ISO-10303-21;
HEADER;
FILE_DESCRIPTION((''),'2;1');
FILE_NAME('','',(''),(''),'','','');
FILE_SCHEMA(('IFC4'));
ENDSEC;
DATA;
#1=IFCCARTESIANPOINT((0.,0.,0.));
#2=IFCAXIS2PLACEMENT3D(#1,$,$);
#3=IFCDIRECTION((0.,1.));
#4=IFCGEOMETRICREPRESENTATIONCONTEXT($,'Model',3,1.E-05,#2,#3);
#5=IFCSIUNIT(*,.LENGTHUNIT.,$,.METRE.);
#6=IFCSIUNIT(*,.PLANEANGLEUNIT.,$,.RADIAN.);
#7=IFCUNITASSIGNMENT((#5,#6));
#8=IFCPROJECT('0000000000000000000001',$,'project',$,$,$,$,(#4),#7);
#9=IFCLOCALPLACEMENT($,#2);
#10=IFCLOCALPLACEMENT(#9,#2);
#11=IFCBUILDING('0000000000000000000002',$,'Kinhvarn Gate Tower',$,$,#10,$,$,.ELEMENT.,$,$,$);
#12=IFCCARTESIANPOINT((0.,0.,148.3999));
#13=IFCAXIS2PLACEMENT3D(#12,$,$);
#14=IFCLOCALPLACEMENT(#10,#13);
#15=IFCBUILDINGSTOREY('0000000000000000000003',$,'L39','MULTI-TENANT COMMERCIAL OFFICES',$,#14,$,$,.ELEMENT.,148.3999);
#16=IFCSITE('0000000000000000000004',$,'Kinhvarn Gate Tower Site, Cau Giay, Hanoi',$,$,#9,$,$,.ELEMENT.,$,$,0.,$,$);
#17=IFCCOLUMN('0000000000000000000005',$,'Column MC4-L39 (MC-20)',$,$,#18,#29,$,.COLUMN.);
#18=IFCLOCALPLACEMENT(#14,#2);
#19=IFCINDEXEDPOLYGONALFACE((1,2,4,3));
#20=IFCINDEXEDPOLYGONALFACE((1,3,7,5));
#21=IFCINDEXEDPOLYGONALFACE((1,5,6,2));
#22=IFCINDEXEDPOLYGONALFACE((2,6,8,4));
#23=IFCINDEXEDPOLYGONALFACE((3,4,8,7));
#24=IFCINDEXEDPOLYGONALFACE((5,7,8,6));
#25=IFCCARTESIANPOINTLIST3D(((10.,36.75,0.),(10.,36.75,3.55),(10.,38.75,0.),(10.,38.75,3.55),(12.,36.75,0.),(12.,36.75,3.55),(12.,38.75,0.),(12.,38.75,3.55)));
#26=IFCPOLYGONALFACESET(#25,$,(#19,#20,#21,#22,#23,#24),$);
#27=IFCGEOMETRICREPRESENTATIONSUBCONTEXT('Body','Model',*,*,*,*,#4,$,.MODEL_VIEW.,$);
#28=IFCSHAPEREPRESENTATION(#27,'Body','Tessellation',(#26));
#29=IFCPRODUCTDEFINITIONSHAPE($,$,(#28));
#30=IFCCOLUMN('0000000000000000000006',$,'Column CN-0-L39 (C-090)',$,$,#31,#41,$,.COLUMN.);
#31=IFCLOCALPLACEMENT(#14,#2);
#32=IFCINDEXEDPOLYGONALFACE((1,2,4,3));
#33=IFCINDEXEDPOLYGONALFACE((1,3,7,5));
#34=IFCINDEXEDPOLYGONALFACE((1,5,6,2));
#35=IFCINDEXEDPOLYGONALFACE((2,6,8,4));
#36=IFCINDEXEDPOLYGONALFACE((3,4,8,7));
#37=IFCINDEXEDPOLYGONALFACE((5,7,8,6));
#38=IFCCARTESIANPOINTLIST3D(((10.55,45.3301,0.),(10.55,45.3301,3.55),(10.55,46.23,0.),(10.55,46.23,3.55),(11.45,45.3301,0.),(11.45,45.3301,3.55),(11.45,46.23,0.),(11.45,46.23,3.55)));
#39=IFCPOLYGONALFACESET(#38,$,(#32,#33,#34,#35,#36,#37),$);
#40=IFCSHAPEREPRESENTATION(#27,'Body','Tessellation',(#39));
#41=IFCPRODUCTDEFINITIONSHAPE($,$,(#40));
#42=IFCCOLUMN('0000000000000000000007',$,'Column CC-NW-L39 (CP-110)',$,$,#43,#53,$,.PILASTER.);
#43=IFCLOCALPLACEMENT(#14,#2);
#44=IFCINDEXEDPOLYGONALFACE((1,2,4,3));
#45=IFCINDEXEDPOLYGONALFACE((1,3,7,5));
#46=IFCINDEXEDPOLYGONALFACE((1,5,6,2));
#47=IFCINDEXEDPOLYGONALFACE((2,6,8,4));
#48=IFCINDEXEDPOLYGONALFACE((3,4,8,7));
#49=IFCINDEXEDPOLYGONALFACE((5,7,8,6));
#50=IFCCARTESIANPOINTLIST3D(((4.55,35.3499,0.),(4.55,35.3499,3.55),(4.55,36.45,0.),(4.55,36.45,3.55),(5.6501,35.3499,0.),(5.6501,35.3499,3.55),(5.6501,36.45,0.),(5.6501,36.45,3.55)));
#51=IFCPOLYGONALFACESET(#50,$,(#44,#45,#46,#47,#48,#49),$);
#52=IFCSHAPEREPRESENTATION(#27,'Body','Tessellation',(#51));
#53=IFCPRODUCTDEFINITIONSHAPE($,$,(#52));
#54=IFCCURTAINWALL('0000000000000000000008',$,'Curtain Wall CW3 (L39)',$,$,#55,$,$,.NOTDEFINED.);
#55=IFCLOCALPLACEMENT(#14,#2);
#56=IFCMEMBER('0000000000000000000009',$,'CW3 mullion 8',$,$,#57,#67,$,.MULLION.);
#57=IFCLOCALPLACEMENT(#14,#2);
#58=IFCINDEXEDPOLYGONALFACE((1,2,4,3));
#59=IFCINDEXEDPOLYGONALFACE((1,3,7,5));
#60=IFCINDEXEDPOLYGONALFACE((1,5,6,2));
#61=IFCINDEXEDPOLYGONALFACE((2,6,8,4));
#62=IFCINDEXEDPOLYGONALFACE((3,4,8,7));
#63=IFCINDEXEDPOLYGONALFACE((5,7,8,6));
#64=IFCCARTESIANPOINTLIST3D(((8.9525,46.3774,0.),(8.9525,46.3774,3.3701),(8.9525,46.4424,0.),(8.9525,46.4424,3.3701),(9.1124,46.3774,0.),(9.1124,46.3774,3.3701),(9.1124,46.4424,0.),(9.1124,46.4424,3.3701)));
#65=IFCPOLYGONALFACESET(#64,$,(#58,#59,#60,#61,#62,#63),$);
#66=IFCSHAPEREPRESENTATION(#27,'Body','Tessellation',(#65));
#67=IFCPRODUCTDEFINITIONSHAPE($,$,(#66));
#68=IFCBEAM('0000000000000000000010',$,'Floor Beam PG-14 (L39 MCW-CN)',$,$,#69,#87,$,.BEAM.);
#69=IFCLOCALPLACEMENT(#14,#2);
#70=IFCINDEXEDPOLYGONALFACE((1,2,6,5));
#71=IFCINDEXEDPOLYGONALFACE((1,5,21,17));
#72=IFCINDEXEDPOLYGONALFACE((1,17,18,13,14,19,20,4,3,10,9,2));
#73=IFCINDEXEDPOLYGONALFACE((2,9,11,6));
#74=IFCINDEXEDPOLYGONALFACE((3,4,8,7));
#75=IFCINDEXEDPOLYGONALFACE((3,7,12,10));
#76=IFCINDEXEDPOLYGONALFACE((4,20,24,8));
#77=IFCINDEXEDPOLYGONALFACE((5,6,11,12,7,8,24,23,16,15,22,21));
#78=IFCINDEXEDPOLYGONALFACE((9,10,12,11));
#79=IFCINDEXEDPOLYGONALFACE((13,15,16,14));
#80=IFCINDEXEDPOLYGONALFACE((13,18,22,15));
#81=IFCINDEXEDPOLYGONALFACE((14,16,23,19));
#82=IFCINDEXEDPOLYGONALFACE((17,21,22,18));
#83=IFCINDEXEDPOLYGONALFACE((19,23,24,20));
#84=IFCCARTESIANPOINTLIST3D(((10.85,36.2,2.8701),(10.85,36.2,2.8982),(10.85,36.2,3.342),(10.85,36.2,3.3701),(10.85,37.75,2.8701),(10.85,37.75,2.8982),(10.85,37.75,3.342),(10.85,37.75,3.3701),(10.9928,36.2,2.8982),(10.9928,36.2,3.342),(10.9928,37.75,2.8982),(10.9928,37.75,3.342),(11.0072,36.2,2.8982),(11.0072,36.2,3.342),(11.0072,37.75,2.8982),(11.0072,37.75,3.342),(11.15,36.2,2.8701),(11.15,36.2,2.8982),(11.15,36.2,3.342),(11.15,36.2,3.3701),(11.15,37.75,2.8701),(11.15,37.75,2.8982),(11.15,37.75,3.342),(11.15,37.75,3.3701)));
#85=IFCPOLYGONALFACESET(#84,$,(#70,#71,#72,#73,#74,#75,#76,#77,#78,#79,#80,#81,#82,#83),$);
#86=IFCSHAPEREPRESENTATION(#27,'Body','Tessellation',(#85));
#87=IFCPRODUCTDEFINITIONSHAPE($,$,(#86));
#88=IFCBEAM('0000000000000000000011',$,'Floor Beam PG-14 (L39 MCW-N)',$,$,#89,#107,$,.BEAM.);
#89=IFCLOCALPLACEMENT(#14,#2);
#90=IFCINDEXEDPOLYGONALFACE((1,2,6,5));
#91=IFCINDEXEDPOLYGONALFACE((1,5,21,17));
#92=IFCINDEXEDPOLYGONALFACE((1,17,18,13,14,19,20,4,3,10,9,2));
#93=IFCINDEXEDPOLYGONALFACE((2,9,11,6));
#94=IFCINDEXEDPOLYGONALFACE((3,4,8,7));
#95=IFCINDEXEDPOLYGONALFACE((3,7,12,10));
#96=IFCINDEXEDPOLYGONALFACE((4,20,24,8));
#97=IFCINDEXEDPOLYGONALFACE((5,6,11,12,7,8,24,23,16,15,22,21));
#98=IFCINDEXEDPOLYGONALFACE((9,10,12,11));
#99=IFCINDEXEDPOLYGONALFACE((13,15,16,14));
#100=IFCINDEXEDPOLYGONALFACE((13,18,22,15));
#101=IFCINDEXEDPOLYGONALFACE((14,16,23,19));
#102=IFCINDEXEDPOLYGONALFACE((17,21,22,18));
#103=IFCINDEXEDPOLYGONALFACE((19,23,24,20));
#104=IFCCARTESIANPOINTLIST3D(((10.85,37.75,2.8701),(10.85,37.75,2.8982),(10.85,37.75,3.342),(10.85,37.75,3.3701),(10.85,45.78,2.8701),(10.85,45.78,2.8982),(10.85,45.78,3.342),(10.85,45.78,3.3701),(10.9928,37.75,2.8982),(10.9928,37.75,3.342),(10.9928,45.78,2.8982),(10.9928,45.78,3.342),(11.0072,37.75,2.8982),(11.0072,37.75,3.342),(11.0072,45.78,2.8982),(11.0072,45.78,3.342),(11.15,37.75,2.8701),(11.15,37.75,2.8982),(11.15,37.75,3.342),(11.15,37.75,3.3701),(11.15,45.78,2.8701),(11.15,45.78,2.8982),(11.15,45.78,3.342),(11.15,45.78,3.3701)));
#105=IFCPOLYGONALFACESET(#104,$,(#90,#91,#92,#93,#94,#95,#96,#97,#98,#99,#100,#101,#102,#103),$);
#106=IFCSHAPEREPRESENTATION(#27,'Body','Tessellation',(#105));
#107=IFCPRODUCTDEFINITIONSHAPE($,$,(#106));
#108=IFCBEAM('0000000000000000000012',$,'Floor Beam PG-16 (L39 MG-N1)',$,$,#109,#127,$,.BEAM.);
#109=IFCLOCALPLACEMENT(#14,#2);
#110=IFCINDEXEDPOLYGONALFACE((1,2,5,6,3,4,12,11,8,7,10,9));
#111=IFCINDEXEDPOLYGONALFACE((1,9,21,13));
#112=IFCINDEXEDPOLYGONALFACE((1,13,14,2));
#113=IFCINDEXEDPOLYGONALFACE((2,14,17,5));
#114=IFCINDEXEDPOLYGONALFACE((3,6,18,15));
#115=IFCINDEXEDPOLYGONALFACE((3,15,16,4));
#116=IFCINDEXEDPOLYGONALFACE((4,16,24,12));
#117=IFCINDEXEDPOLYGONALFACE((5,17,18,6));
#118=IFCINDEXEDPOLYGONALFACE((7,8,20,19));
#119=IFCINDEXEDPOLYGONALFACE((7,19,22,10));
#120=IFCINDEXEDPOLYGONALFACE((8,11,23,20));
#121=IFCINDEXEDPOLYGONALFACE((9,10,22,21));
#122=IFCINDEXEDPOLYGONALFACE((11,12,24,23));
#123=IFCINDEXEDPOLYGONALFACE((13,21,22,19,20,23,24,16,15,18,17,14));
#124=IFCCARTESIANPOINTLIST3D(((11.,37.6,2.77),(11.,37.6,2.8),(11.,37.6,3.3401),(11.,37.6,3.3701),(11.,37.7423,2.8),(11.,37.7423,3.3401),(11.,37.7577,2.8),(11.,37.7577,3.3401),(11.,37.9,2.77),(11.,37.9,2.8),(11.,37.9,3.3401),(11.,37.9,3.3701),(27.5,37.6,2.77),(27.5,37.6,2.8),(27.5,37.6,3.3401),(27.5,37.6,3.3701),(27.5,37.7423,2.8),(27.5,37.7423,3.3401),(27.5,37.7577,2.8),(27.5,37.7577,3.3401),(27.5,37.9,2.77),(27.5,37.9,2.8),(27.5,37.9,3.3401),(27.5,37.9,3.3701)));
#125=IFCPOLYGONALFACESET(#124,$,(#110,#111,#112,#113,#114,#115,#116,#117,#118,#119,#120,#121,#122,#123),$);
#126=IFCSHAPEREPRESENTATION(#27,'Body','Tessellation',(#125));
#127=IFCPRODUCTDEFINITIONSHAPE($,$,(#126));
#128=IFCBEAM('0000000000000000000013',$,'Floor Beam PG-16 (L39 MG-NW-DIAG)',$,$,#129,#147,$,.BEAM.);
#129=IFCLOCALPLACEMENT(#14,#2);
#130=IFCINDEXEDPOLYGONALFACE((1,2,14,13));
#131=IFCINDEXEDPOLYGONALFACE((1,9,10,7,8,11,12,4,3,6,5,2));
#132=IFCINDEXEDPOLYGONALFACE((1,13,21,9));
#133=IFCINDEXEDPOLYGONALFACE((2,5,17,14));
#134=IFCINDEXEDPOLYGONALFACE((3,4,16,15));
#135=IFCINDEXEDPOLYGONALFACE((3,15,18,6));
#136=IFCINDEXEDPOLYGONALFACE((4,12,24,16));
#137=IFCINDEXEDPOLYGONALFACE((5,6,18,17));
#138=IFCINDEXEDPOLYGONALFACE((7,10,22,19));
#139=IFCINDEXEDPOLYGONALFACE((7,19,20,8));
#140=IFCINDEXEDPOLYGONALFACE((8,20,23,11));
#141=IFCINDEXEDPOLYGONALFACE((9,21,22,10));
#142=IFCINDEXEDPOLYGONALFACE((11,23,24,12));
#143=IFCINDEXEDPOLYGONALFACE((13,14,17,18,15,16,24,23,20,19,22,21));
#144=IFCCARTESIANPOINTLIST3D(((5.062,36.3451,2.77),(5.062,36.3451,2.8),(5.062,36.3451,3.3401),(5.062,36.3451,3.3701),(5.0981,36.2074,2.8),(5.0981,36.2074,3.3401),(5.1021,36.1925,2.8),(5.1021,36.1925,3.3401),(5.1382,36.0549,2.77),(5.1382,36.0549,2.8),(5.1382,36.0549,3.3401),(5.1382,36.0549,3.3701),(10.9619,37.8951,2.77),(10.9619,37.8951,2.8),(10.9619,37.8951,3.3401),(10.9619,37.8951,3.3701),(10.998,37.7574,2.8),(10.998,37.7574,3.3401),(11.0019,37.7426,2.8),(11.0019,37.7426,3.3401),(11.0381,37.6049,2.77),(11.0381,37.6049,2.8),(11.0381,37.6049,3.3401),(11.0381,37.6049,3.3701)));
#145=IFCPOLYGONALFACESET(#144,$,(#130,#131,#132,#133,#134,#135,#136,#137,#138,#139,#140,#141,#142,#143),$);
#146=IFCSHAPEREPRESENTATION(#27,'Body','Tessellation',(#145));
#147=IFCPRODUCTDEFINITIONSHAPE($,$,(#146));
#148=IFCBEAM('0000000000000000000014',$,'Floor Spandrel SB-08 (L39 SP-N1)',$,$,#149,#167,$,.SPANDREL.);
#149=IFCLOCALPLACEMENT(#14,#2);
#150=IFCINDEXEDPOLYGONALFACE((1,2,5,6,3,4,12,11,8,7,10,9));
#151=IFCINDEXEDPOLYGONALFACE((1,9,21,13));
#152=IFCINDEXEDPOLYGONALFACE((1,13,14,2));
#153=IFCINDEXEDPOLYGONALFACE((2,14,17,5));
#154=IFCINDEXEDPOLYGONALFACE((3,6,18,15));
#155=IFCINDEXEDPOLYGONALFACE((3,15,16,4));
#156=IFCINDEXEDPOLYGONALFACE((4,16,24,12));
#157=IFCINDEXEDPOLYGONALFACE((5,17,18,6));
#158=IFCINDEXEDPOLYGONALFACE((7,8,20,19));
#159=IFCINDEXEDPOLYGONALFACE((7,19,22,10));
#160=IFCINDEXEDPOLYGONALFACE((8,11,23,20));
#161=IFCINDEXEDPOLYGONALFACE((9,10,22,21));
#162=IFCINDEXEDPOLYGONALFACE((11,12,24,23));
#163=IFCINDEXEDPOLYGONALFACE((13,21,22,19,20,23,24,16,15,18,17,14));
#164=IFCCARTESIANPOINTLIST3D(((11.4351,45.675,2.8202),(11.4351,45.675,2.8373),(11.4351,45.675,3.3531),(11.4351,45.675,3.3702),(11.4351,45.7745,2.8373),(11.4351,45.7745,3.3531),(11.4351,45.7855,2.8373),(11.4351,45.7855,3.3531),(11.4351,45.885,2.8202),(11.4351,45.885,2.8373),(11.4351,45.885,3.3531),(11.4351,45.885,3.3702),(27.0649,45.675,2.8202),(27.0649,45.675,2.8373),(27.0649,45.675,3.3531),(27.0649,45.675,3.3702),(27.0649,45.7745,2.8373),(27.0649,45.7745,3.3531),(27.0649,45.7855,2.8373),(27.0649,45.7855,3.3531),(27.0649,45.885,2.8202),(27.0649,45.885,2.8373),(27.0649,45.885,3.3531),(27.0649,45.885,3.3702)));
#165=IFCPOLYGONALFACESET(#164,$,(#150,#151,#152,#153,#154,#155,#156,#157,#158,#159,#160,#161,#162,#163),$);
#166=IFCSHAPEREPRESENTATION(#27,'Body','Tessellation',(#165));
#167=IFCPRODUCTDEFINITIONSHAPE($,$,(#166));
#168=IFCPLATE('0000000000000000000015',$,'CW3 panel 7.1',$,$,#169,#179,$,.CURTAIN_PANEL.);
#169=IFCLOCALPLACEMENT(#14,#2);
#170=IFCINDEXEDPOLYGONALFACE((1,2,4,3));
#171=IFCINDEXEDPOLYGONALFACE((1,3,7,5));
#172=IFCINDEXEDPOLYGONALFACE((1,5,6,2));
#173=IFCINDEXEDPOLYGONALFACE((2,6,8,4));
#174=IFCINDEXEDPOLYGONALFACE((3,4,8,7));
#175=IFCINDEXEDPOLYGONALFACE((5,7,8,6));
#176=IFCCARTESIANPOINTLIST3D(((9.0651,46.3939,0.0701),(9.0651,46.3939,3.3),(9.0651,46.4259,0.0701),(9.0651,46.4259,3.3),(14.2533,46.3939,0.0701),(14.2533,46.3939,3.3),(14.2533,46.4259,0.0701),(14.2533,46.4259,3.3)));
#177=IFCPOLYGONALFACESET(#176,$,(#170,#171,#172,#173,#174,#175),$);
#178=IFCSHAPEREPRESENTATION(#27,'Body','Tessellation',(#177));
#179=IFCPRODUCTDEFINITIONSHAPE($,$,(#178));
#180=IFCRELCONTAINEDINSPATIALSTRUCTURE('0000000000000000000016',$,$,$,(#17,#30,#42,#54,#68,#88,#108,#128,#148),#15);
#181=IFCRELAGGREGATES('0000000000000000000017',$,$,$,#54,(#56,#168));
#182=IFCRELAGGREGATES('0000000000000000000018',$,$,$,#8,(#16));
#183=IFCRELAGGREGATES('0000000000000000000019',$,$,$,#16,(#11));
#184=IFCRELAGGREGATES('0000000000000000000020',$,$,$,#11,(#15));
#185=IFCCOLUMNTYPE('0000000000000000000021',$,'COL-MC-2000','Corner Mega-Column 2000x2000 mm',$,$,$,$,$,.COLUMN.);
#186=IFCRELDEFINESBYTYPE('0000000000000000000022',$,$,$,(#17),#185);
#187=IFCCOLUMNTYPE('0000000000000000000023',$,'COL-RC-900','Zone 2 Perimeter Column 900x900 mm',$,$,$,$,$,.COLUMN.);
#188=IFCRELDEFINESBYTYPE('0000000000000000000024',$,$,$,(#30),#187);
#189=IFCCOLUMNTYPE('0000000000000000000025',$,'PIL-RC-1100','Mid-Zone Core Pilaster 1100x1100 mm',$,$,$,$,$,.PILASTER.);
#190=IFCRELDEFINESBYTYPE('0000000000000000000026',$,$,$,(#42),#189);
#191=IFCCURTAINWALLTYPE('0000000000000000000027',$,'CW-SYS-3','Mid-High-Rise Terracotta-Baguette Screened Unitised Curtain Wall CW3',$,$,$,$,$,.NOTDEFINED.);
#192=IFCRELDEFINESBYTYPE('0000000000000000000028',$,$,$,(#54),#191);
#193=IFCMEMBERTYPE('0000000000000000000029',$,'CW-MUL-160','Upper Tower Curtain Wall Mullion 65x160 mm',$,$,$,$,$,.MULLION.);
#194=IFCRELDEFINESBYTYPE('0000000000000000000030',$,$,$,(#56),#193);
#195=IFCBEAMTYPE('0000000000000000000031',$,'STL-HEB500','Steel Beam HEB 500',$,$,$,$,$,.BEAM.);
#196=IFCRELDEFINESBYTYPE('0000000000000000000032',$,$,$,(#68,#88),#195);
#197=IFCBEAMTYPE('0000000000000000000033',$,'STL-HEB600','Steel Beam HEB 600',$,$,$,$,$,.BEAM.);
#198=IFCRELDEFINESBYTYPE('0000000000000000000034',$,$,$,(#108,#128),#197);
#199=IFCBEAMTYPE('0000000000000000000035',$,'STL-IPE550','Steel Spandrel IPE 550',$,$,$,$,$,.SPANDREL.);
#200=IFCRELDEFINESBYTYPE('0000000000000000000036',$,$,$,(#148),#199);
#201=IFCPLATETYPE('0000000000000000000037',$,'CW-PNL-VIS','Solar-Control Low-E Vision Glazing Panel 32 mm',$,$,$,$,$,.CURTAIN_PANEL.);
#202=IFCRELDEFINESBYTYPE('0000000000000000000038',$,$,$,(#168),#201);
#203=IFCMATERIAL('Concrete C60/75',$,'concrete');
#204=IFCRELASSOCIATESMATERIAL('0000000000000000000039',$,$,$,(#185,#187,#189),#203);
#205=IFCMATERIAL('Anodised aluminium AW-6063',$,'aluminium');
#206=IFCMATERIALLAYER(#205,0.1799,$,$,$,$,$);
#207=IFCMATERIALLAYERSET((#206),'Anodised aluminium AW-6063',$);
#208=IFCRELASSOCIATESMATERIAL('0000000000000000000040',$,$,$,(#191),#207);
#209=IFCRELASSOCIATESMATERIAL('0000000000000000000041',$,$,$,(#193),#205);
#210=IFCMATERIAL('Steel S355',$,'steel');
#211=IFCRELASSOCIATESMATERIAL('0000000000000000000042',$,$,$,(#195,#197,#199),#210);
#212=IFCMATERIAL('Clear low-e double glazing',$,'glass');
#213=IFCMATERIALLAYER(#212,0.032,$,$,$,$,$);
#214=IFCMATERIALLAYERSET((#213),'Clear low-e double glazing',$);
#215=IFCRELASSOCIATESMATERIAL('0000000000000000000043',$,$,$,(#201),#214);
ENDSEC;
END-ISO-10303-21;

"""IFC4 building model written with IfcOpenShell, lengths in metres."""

from ifc_helpers import new_model, si_unit, direction, frame, origin, origin_2d, place, context, subcontext, project, spatial, rectangle, i_section, extrude, material, layer, layer_set, material_profile, profile_set, type_object, element, aggregate, save


model = new_model("IFC4")

# Units and contexts
model_context = context("Model", 3, precision=1e-05, world=origin(), true_north=direction((0.0, 1.0)))
body_context = subcontext(model_context, "Body", "Model", "MODEL_VIEW")
ifc_project = project(units=[si_unit("LENGTHUNIT", "METRE"), si_unit("PLANEANGLEUNIT", "RADIAN")], contexts=[model_context])

# Site, building, storey
site_placement = place(None, origin())
site = spatial("IfcSite", under=ifc_project, at=site_placement, Name="Kinhvarn Gate Tower Site, Cau Giay, Hanoi", CompositionType="ELEMENT", RefElevation=0.0)
building_placement = place(site_placement, origin())
building = spatial("IfcBuilding", under=site, at=building_placement, Name="Kinhvarn Gate Tower", CompositionType="ELEMENT")
storey_placement = place(building_placement, frame((0.0, 0.0, 148.3999)))
storey = spatial("IfcBuildingStorey", under=building, at=storey_placement, Name="L39", Description="MULTI-TENANT COMMERCIAL OFFICES", CompositionType="ELEMENT", Elevation=148.3999)

# Columns
ifc_material_1 = material(Name="Concrete C60/75", Category="concrete")
ifc_material_profile_1 = material_profile(ifc_material_1, rectangle(XDim=2.0, YDim=2.0, at=origin_2d()), Name="RC 2000x2000")
ifc_profile_set_1 = profile_set([ifc_material_profile_1], Name="Concrete C60/75")
column_type_1 = type_object("IfcColumnType", Name="COL-MC-2000", Description="Corner Mega-Column 2000x2000 mm", PredefinedType="COLUMN", material=ifc_profile_set_1)
column_1_placement = place(storey_placement, frame((11.0, 37.75, 0.0), z_axis=(0.0, 0.0, 1.0), x_axis=(1.0, 0.0, 0.0)))
element("IfcColumn", 1, at=column_1_placement, inside=storey, type_object=column_type_1, Name="Column MC4-L39 (MC-20)", PredefinedType="COLUMN", context=body_context, shape_type="SweptSolid", body=[
    extrude(rectangle(XDim=2.0, YDim=2.0, at=origin_2d()), origin(), (0.0, 0.0, 1.0), 3.55),
])
ifc_material_profile_2 = material_profile(ifc_material_1, rectangle(XDim=0.8999, YDim=0.8999, at=origin_2d()), Name="RC 900x900")
ifc_profile_set_2 = profile_set([ifc_material_profile_2], Name="Concrete C60/75")
column_type_2 = type_object("IfcColumnType", Name="COL-RC-900", Description="Zone 2 Perimeter Column 900x900 mm", PredefinedType="COLUMN", material=ifc_profile_set_2)
column_2_placement = place(storey_placement, frame((11.0, 45.78, 0.0), z_axis=(0.0, 0.0, 1.0), x_axis=(1.0, 0.0, 0.0)))
element("IfcColumn", 2, at=column_2_placement, inside=storey, type_object=column_type_2, Name="Column CN-0-L39 (C-090)", PredefinedType="COLUMN", context=body_context, shape_type="SweptSolid", body=[
    extrude(rectangle(XDim=0.8999, YDim=0.8999, at=origin_2d()), origin(), (0.0, 0.0, 1.0), 3.55),
])
ifc_material_profile_3 = material_profile(ifc_material_1, rectangle(XDim=1.1001, YDim=1.1001, at=origin_2d()), Name="RC 1100x1100")
ifc_profile_set_3 = profile_set([ifc_material_profile_3], Name="Concrete C60/75")
column_type_3 = type_object("IfcColumnType", Name="PIL-RC-1100", Description="Mid-Zone Core Pilaster 1100x1100 mm", PredefinedType="PILASTER", material=ifc_profile_set_3)
column_3_placement = place(storey_placement, frame((5.1001, 35.8999, 0.0), z_axis=(0.0, 0.0, 1.0), x_axis=(1.0, 0.0, 0.0)))
element("IfcColumn", 3, at=column_3_placement, inside=storey, type_object=column_type_3, Name="Column CC-NW-L39 (CP-110)", PredefinedType="PILASTER", context=body_context, shape_type="SweptSolid", body=[
    extrude(rectangle(XDim=1.1001, YDim=1.1001, at=origin_2d()), origin(), (0.0, 0.0, 1.0), 3.55),
])

# Curtain wall, member
ifc_material_2 = material(Name="Anodised aluminium AW-6063", Category="aluminium")
ifc_layer_1 = layer(ifc_material_2, 0.1799)
ifc_layer_set_1 = layer_set([ifc_layer_1], Name="Anodised aluminium AW-6063")
curtain_wall_type = type_object("IfcCurtainWallType", Name="CW-SYS-3", Description="Mid-High-Rise Terracotta-Baguette Screened Unitised Curtain Wall CW3", PredefinedType="NOTDEFINED", material=ifc_layer_set_1)
curtain_wall_placement = place(storey_placement, origin())
curtain_wall = element("IfcCurtainWall", 4, at=curtain_wall_placement, inside=storey, type_object=curtain_wall_type, Name="Curtain Wall CW3 (L39)", PredefinedType="NOTDEFINED")
ifc_material_profile_4 = material_profile(ifc_material_2, rectangle(XDim=0.0649, YDim=0.1599, at=origin_2d()), Name="ALU 65x160")
ifc_profile_set_4 = profile_set([ifc_material_profile_4], Name="Anodised aluminium AW-6063")
member_type = type_object("IfcMemberType", Name="CW-MUL-160", Description="Upper Tower Curtain Wall Mullion 65x160 mm", PredefinedType="MULLION", material=ifc_profile_set_4)
member_placement = place(storey_placement, frame((9.0325, 46.4099, 0.0), z_axis=(0.0, 0.0, 1.0), x_axis=(0.0, -1.0, 0.0)))
member = element("IfcMember", 5, at=member_placement, type_object=member_type, Name="CW3 mullion 8", PredefinedType="MULLION", context=body_context, shape_type="SweptSolid", body=[
    extrude(rectangle(XDim=0.0649, YDim=0.1599, at=origin_2d()), origin(), (0.0, 0.0, 1.0), 3.3701),
])

# Beams
ifc_material_3 = material(Name="Steel S355", Category="steel")
ifc_material_profile_5 = material_profile(ifc_material_3, i_section(OverallWidth=0.3, OverallDepth=0.5, WebThickness=0.0144, FlangeThickness=0.0281, at=origin_2d()), Name="HEB 500")
ifc_profile_set_5 = profile_set([ifc_material_profile_5], Name="Steel S355")
beam_type_1 = type_object("IfcBeamType", Name="STL-HEB500", Description="Steel Beam HEB 500", PredefinedType="BEAM", material=ifc_profile_set_5)
beam_1_placement = place(storey_placement, frame((11.0, 36.2, 3.1201), z_axis=(0.0, 1.0, 0.0), x_axis=(-1.0, 0.0, 0.0)))
element("IfcBeam", 6, at=beam_1_placement, inside=storey, type_object=beam_type_1, Name="Floor Beam PG-14 (L39 MCW-CN)", PredefinedType="BEAM", context=body_context, shape_type="SweptSolid", body=[
    extrude(i_section(OverallWidth=0.3, OverallDepth=0.5, WebThickness=0.0144, FlangeThickness=0.0281, at=origin_2d()), origin(), (0.0, 0.0, 1.0), 1.55),
])
beam_2_placement = place(storey_placement, frame((11.0, 37.75, 3.1201), z_axis=(0.0, 1.0, 0.0), x_axis=(-1.0, 0.0, 0.0)))
element("IfcBeam", 7, at=beam_2_placement, inside=storey, type_object=beam_type_1, Name="Floor Beam PG-14 (L39 MCW-N)", PredefinedType="BEAM", context=body_context, shape_type="SweptSolid", body=[
    extrude(i_section(OverallWidth=0.3, OverallDepth=0.5, WebThickness=0.0144, FlangeThickness=0.0281, at=origin_2d()), origin(), (0.0, 0.0, 1.0), 8.03),
])
ifc_material_profile_6 = material_profile(ifc_material_3, i_section(OverallWidth=0.3, OverallDepth=0.6001, WebThickness=0.0154, FlangeThickness=0.03, at=origin_2d()), Name="HEB 600")
ifc_profile_set_6 = profile_set([ifc_material_profile_6], Name="Steel S355")
beam_type_2 = type_object("IfcBeamType", Name="STL-HEB600", Description="Steel Beam HEB 600", PredefinedType="BEAM", material=ifc_profile_set_6)
beam_3_placement = place(storey_placement, frame((11.0, 37.75, 3.0701), z_axis=(1.0, 0.0, 0.0), x_axis=(0.0, 1.0, 0.0)))
element("IfcBeam", 8, at=beam_3_placement, inside=storey, type_object=beam_type_2, Name="Floor Beam PG-16 (L39 MG-N1)", PredefinedType="BEAM", context=body_context, shape_type="SweptSolid", body=[
    extrude(i_section(OverallWidth=0.3, OverallDepth=0.6001, WebThickness=0.0154, FlangeThickness=0.03, at=origin_2d()), origin(), (0.0, 0.0, 1.0), 16.5),
])
beam_4_placement = place(storey_placement, frame((5.1001, 36.2, 3.0701), z_axis=(0.967178, 0.254101, 0.0), x_axis=(-0.254101, 0.967178, 0.0)))
element("IfcBeam", 9, at=beam_4_placement, inside=storey, type_object=beam_type_2, Name="Floor Beam PG-16 (L39 MG-NW-DIAG)", PredefinedType="BEAM", context=body_context, shape_type="SweptSolid", body=[
    extrude(i_section(OverallWidth=0.3, OverallDepth=0.6001, WebThickness=0.0154, FlangeThickness=0.03, at=origin_2d()), origin(), (0.0, 0.0, 1.0), 6.1001),
])
ifc_material_profile_7 = material_profile(ifc_material_3, i_section(OverallWidth=0.21, OverallDepth=0.55, WebThickness=0.011, FlangeThickness=0.0171, at=origin_2d()), Name="IPE 550")
ifc_profile_set_7 = profile_set([ifc_material_profile_7], Name="Steel S355")
beam_type_3 = type_object("IfcBeamType", Name="STL-IPE550", Description="Steel Spandrel IPE 550", PredefinedType="SPANDREL", material=ifc_profile_set_7)
beam_5_placement = place(storey_placement, frame((11.4351, 45.78, 3.0952), z_axis=(1.0, 0.0, 0.0), x_axis=(0.0, 1.0, 0.0)))
element("IfcBeam", 10, at=beam_5_placement, inside=storey, type_object=beam_type_3, Name="Floor Spandrel SB-08 (L39 SP-N1)", PredefinedType="SPANDREL", context=body_context, shape_type="SweptSolid", body=[
    extrude(i_section(OverallWidth=0.21, OverallDepth=0.55, WebThickness=0.011, FlangeThickness=0.0171, at=origin_2d()), origin(), (0.0, 0.0, 1.0), 15.6299),
])

# Plate
ifc_material_4 = material(Name="Clear low-e double glazing", Category="glass")
ifc_layer_2 = layer(ifc_material_4, 0.032)
ifc_layer_set_2 = layer_set([ifc_layer_2], Name="Clear low-e double glazing")
plate_type = type_object("IfcPlateType", Name="CW-PNL-VIS", Description="Solar-Control Low-E Vision Glazing Panel 32 mm", PredefinedType="CURTAIN_PANEL", material=ifc_layer_set_2)
plate_placement = place(storey_placement, frame((11.6592, 46.4099, 0.0701), z_axis=(0.0, 0.0, 1.0), x_axis=(-1.0, 0.0, 0.0)))
plate = element("IfcPlate", 11, at=plate_placement, type_object=plate_type, Name="CW3 panel 7.1", PredefinedType="CURTAIN_PANEL", context=body_context, shape_type="SweptSolid", body=[
    extrude(rectangle(XDim=5.1882, YDim=0.032, at=origin_2d()), origin(), (0.0, 0.0, 1.0), 3.23),
])
aggregate(curtain_wall, [member, plate])

save(model, "model.ifc")
